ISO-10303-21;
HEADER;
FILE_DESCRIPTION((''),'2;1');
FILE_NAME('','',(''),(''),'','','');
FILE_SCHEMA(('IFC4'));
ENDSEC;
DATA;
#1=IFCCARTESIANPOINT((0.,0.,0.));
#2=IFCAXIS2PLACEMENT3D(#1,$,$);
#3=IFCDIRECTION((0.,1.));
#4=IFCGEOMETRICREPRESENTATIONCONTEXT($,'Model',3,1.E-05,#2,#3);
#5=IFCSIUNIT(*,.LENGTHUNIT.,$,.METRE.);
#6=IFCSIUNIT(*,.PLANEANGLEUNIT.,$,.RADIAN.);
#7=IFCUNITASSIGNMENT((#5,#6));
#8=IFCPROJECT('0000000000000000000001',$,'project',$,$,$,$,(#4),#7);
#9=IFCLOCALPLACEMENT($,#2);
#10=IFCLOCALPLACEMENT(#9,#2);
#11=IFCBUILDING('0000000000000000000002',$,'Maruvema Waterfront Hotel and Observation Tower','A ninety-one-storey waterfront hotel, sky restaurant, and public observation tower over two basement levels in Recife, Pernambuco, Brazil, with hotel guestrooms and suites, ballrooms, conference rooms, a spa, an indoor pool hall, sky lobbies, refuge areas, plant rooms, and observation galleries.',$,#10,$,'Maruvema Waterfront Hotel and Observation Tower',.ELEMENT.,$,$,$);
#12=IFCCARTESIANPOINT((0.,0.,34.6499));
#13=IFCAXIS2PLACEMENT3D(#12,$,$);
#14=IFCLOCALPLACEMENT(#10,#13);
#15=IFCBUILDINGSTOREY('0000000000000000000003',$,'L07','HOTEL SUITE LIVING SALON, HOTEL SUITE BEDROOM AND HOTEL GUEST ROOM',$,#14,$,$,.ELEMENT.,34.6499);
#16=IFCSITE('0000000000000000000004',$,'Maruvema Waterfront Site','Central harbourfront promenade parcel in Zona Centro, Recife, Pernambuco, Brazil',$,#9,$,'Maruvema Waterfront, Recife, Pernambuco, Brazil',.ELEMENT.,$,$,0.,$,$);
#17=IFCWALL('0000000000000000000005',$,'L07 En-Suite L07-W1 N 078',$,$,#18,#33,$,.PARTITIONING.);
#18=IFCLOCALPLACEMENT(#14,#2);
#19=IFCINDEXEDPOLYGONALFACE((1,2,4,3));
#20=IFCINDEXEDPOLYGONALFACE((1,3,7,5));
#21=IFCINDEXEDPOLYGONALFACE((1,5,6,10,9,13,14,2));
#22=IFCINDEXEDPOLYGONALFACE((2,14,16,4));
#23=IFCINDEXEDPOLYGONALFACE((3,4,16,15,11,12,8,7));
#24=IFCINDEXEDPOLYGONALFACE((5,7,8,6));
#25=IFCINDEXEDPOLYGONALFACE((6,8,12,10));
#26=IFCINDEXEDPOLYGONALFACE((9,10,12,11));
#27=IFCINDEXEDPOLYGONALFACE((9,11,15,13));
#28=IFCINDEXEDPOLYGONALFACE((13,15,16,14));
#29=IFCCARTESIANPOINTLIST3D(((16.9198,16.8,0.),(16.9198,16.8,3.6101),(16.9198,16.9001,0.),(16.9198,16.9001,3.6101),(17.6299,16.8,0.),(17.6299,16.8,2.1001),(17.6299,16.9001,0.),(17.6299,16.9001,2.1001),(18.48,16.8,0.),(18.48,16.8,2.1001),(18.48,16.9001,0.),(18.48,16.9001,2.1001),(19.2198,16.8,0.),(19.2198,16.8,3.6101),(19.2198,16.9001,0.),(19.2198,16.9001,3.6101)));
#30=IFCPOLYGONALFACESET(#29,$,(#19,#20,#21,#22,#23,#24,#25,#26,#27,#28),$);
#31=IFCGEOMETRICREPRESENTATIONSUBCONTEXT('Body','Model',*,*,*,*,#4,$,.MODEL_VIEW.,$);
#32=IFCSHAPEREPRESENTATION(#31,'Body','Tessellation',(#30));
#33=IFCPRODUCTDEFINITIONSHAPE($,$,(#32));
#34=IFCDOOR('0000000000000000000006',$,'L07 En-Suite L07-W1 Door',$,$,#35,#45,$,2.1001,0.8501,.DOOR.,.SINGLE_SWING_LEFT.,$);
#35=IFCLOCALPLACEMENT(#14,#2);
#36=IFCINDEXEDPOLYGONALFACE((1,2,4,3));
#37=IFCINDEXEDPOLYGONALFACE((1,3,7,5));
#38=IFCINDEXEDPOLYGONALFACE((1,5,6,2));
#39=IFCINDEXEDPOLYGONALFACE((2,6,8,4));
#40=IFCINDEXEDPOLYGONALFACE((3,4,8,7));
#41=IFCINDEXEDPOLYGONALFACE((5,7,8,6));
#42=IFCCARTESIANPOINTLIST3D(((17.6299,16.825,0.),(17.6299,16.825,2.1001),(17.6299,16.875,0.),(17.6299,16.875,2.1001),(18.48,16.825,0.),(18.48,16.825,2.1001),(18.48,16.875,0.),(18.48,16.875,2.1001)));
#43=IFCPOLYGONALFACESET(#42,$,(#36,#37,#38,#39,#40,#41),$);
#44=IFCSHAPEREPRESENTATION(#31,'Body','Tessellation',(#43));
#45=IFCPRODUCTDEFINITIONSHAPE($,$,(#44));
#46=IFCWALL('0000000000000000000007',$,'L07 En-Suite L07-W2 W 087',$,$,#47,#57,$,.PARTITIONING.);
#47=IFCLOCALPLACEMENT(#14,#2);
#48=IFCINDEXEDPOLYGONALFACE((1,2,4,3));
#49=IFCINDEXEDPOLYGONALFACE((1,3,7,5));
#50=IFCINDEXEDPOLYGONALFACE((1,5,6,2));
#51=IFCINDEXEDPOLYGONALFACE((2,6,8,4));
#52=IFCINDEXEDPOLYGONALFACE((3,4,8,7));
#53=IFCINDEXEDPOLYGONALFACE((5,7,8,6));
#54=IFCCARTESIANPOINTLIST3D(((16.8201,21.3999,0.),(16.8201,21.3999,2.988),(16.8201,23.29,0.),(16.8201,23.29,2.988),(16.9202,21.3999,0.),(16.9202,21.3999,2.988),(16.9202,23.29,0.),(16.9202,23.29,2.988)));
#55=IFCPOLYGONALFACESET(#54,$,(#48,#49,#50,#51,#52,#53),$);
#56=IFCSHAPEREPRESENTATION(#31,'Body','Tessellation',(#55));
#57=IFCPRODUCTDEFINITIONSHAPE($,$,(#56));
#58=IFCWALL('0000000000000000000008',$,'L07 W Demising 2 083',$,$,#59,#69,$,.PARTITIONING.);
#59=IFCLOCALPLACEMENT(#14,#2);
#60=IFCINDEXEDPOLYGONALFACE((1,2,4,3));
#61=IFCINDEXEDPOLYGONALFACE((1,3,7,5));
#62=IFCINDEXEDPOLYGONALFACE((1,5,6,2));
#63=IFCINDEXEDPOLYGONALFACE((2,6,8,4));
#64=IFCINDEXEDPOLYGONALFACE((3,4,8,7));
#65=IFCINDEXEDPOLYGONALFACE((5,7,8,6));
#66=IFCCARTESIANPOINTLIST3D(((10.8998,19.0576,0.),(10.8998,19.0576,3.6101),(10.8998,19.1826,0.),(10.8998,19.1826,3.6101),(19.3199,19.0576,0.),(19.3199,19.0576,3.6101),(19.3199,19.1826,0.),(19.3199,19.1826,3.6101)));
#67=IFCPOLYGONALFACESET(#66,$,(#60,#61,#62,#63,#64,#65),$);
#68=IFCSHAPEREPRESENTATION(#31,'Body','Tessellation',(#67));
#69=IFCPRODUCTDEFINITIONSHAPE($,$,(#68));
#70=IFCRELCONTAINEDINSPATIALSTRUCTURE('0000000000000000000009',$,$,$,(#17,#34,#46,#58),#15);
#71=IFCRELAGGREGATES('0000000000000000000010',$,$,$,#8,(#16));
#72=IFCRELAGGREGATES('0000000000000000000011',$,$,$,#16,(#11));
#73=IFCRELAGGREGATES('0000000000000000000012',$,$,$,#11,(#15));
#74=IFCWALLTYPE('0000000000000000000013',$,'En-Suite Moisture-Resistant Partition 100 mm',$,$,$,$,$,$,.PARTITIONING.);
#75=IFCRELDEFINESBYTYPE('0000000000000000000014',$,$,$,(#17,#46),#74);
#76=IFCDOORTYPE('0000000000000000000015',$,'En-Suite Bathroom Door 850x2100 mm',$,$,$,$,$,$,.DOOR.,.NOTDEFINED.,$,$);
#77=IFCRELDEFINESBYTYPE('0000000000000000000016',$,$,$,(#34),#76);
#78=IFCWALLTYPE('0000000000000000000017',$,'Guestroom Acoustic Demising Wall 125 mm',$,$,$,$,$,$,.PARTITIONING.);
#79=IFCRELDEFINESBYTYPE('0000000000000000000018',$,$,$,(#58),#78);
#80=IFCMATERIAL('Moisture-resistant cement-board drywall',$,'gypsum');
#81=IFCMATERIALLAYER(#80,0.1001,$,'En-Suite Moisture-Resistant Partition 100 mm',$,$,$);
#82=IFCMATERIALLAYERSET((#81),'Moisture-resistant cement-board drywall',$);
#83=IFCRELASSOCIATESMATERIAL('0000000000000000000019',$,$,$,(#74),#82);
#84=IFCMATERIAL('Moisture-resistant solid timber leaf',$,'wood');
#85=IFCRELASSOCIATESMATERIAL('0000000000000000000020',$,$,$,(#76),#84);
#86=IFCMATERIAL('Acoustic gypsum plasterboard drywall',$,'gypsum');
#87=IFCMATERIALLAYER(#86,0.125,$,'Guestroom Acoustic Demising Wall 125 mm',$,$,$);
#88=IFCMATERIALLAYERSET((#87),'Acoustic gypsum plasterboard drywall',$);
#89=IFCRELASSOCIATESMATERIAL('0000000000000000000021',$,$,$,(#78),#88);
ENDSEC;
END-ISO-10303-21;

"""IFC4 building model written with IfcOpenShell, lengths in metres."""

from ifc_helpers import new_model, si_unit, direction, frame, frame_2d, origin, place, context, subcontext, project, spatial, rectangle, extrude, material, layer, layer_set, type_object, element, fill, save


model = new_model("IFC4")

# Units and contexts
model_context = context("Model", 3, precision=1e-05, world=origin(), true_north=direction((0.0, 1.0)))
body_context = subcontext(model_context, "Body", "Model", "MODEL_VIEW")
ifc_project = project(units=[si_unit("LENGTHUNIT", "METRE"), si_unit("PLANEANGLEUNIT", "RADIAN")], contexts=[model_context])

# Site, building, storey
site_placement = place(None, origin())
site = spatial("IfcSite", under=ifc_project, at=site_placement, Name="Maruvema Waterfront Site", Description="Central harbourfront promenade parcel in Zona Centro, Recife, Pernambuco, Brazil", LongName="Maruvema Waterfront, Recife, Pernambuco, Brazil", CompositionType="ELEMENT", RefElevation=0.0)
building_placement = place(site_placement, origin())
building = spatial("IfcBuilding", under=site, at=building_placement, Name="Maruvema Waterfront Hotel and Observation Tower", Description="A ninety-one-storey waterfront hotel, sky restaurant, and public observation tower over two basement levels in Recife, Pernambuco, Brazil, with hotel guestrooms and suites, ballrooms, conference rooms, a spa, an indoor pool hall, sky lobbies, refuge areas, plant rooms, and observation galleries.", LongName="Maruvema Waterfront Hotel and Observation Tower", CompositionType="ELEMENT")
storey_placement = place(building_placement, frame((0.0, 0.0, 34.6499)))
storey = spatial("IfcBuildingStorey", under=building, at=storey_placement, Name="L07", Description="HOTEL SUITE LIVING SALON, HOTEL SUITE BEDROOM AND HOTEL GUEST ROOM", CompositionType="ELEMENT", Elevation=34.6499)

# Wall, opening, door
ifc_material_1 = material(Name="Moisture-resistant cement-board drywall", Category="gypsum")
ifc_layer_1 = layer(ifc_material_1, 0.1001, Name="En-Suite Moisture-Resistant Partition 100 mm")
ifc_layer_set_1 = layer_set([ifc_layer_1], Name="Moisture-resistant cement-board drywall")
wall_type_1 = type_object("IfcWallType", Name="En-Suite Moisture-Resistant Partition 100 mm", PredefinedType="PARTITIONING", material=ifc_layer_set_1)
wall_1_placement = place(storey_placement, frame((16.9199, 16.8501, 0.0), z_axis=(0.0, 0.0, 1.0), x_axis=(1.0, 0.0, 0.0)))
wall_1 = element("IfcWall", 1, at=wall_1_placement, inside=storey, type_object=wall_type_1, Name="L07 En-Suite L07-W1 N 078", PredefinedType="PARTITIONING", context=body_context, shape_type="SweptSolid", body=[
    extrude(rectangle(XDim=2.3, YDim=0.1001, at=frame_2d((1.1499, 0.0))), origin(), (0.0, 0.0, 1.0), 3.6101),
])
opening_1_placement = place(wall_1_placement, frame((0.71, 0.0, 0.0)))
opening_1 = element("IfcOpeningElement", 2, at=opening_1_placement, cuts=wall_1, PredefinedType="OPENING", context=body_context, shape_type="SweptSolid", body=[
    extrude(rectangle(XDim=0.8501, YDim=2.1001, at=frame_2d((0.425, 1.05))), frame((0.0, 0.0601, 0.0), z_axis=(0.0, -1.0, 0.0), x_axis=(1.0, 0.0, 0.0)), (0.0, 0.0, 1.0), 0.1201),
])
ifc_material_2 = material(Name="Moisture-resistant solid timber leaf", Category="wood")
door_type_1 = type_object("IfcDoorType", Name="En-Suite Bathroom Door 850x2100 mm", OperationType="NOTDEFINED", PredefinedType="DOOR", material=ifc_material_2)
door_1_placement = place(opening_1_placement, origin())
door_1 = element("IfcDoor", 3, at=door_1_placement, inside=storey, type_object=door_type_1, Name="L07 En-Suite L07-W1 Door", OperationType="SINGLE_SWING_LEFT", OverallHeight=2.1001, OverallWidth=0.8501, PredefinedType="DOOR", context=body_context, shape_type="SweptSolid", body=[
    extrude(rectangle(XDim=0.8501, YDim=2.1001, at=frame_2d((0.425, 1.05))), frame((0.0, 0.0249, 0.0), z_axis=(0.0, -1.0, 0.0), x_axis=(1.0, 0.0, 0.0)), (0.0, 0.0, 1.0), 0.05),
])
fill(opening_1, door_1)

# Walls
wall_2_placement = place(storey_placement, frame((16.8701, 21.3999, 0.0), z_axis=(0.0, 0.0, 1.0), x_axis=(0.0, 1.0, 0.0)))
element("IfcWall", 4, at=wall_2_placement, inside=storey, type_object=wall_type_1, Name="L07 En-Suite L07-W2 W 087", PredefinedType="PARTITIONING", context=body_context, shape_type="SweptSolid", body=[
    extrude(rectangle(XDim=1.8901, YDim=0.1001, at=frame_2d((0.9451, 0.0))), origin(), (0.0, 0.0, 1.0), 2.988),
])
ifc_material_3 = material(Name="Acoustic gypsum plasterboard drywall", Category="gypsum")
ifc_layer_2 = layer(ifc_material_3, 0.125, Name="Guestroom Acoustic Demising Wall 125 mm")
ifc_layer_set_2 = layer_set([ifc_layer_2], Name="Acoustic gypsum plasterboard drywall")
wall_type_2 = type_object("IfcWallType", Name="Guestroom Acoustic Demising Wall 125 mm", PredefinedType="PARTITIONING", material=ifc_layer_set_2)
wall_3_placement = place(storey_placement, frame((10.8999, 19.1201, 0.0), z_axis=(0.0, 0.0, 1.0), x_axis=(1.0, 0.0, 0.0)))
element("IfcWall", 5, at=wall_3_placement, inside=storey, type_object=wall_type_2, Name="L07 W Demising 2 083", PredefinedType="PARTITIONING", context=body_context, shape_type="SweptSolid", body=[
    extrude(rectangle(XDim=8.4202, YDim=0.125, at=frame_2d((4.21, 0.0))), origin(), (0.0, 0.0, 1.0), 3.6101),
])

save(model, "model.ifc")
